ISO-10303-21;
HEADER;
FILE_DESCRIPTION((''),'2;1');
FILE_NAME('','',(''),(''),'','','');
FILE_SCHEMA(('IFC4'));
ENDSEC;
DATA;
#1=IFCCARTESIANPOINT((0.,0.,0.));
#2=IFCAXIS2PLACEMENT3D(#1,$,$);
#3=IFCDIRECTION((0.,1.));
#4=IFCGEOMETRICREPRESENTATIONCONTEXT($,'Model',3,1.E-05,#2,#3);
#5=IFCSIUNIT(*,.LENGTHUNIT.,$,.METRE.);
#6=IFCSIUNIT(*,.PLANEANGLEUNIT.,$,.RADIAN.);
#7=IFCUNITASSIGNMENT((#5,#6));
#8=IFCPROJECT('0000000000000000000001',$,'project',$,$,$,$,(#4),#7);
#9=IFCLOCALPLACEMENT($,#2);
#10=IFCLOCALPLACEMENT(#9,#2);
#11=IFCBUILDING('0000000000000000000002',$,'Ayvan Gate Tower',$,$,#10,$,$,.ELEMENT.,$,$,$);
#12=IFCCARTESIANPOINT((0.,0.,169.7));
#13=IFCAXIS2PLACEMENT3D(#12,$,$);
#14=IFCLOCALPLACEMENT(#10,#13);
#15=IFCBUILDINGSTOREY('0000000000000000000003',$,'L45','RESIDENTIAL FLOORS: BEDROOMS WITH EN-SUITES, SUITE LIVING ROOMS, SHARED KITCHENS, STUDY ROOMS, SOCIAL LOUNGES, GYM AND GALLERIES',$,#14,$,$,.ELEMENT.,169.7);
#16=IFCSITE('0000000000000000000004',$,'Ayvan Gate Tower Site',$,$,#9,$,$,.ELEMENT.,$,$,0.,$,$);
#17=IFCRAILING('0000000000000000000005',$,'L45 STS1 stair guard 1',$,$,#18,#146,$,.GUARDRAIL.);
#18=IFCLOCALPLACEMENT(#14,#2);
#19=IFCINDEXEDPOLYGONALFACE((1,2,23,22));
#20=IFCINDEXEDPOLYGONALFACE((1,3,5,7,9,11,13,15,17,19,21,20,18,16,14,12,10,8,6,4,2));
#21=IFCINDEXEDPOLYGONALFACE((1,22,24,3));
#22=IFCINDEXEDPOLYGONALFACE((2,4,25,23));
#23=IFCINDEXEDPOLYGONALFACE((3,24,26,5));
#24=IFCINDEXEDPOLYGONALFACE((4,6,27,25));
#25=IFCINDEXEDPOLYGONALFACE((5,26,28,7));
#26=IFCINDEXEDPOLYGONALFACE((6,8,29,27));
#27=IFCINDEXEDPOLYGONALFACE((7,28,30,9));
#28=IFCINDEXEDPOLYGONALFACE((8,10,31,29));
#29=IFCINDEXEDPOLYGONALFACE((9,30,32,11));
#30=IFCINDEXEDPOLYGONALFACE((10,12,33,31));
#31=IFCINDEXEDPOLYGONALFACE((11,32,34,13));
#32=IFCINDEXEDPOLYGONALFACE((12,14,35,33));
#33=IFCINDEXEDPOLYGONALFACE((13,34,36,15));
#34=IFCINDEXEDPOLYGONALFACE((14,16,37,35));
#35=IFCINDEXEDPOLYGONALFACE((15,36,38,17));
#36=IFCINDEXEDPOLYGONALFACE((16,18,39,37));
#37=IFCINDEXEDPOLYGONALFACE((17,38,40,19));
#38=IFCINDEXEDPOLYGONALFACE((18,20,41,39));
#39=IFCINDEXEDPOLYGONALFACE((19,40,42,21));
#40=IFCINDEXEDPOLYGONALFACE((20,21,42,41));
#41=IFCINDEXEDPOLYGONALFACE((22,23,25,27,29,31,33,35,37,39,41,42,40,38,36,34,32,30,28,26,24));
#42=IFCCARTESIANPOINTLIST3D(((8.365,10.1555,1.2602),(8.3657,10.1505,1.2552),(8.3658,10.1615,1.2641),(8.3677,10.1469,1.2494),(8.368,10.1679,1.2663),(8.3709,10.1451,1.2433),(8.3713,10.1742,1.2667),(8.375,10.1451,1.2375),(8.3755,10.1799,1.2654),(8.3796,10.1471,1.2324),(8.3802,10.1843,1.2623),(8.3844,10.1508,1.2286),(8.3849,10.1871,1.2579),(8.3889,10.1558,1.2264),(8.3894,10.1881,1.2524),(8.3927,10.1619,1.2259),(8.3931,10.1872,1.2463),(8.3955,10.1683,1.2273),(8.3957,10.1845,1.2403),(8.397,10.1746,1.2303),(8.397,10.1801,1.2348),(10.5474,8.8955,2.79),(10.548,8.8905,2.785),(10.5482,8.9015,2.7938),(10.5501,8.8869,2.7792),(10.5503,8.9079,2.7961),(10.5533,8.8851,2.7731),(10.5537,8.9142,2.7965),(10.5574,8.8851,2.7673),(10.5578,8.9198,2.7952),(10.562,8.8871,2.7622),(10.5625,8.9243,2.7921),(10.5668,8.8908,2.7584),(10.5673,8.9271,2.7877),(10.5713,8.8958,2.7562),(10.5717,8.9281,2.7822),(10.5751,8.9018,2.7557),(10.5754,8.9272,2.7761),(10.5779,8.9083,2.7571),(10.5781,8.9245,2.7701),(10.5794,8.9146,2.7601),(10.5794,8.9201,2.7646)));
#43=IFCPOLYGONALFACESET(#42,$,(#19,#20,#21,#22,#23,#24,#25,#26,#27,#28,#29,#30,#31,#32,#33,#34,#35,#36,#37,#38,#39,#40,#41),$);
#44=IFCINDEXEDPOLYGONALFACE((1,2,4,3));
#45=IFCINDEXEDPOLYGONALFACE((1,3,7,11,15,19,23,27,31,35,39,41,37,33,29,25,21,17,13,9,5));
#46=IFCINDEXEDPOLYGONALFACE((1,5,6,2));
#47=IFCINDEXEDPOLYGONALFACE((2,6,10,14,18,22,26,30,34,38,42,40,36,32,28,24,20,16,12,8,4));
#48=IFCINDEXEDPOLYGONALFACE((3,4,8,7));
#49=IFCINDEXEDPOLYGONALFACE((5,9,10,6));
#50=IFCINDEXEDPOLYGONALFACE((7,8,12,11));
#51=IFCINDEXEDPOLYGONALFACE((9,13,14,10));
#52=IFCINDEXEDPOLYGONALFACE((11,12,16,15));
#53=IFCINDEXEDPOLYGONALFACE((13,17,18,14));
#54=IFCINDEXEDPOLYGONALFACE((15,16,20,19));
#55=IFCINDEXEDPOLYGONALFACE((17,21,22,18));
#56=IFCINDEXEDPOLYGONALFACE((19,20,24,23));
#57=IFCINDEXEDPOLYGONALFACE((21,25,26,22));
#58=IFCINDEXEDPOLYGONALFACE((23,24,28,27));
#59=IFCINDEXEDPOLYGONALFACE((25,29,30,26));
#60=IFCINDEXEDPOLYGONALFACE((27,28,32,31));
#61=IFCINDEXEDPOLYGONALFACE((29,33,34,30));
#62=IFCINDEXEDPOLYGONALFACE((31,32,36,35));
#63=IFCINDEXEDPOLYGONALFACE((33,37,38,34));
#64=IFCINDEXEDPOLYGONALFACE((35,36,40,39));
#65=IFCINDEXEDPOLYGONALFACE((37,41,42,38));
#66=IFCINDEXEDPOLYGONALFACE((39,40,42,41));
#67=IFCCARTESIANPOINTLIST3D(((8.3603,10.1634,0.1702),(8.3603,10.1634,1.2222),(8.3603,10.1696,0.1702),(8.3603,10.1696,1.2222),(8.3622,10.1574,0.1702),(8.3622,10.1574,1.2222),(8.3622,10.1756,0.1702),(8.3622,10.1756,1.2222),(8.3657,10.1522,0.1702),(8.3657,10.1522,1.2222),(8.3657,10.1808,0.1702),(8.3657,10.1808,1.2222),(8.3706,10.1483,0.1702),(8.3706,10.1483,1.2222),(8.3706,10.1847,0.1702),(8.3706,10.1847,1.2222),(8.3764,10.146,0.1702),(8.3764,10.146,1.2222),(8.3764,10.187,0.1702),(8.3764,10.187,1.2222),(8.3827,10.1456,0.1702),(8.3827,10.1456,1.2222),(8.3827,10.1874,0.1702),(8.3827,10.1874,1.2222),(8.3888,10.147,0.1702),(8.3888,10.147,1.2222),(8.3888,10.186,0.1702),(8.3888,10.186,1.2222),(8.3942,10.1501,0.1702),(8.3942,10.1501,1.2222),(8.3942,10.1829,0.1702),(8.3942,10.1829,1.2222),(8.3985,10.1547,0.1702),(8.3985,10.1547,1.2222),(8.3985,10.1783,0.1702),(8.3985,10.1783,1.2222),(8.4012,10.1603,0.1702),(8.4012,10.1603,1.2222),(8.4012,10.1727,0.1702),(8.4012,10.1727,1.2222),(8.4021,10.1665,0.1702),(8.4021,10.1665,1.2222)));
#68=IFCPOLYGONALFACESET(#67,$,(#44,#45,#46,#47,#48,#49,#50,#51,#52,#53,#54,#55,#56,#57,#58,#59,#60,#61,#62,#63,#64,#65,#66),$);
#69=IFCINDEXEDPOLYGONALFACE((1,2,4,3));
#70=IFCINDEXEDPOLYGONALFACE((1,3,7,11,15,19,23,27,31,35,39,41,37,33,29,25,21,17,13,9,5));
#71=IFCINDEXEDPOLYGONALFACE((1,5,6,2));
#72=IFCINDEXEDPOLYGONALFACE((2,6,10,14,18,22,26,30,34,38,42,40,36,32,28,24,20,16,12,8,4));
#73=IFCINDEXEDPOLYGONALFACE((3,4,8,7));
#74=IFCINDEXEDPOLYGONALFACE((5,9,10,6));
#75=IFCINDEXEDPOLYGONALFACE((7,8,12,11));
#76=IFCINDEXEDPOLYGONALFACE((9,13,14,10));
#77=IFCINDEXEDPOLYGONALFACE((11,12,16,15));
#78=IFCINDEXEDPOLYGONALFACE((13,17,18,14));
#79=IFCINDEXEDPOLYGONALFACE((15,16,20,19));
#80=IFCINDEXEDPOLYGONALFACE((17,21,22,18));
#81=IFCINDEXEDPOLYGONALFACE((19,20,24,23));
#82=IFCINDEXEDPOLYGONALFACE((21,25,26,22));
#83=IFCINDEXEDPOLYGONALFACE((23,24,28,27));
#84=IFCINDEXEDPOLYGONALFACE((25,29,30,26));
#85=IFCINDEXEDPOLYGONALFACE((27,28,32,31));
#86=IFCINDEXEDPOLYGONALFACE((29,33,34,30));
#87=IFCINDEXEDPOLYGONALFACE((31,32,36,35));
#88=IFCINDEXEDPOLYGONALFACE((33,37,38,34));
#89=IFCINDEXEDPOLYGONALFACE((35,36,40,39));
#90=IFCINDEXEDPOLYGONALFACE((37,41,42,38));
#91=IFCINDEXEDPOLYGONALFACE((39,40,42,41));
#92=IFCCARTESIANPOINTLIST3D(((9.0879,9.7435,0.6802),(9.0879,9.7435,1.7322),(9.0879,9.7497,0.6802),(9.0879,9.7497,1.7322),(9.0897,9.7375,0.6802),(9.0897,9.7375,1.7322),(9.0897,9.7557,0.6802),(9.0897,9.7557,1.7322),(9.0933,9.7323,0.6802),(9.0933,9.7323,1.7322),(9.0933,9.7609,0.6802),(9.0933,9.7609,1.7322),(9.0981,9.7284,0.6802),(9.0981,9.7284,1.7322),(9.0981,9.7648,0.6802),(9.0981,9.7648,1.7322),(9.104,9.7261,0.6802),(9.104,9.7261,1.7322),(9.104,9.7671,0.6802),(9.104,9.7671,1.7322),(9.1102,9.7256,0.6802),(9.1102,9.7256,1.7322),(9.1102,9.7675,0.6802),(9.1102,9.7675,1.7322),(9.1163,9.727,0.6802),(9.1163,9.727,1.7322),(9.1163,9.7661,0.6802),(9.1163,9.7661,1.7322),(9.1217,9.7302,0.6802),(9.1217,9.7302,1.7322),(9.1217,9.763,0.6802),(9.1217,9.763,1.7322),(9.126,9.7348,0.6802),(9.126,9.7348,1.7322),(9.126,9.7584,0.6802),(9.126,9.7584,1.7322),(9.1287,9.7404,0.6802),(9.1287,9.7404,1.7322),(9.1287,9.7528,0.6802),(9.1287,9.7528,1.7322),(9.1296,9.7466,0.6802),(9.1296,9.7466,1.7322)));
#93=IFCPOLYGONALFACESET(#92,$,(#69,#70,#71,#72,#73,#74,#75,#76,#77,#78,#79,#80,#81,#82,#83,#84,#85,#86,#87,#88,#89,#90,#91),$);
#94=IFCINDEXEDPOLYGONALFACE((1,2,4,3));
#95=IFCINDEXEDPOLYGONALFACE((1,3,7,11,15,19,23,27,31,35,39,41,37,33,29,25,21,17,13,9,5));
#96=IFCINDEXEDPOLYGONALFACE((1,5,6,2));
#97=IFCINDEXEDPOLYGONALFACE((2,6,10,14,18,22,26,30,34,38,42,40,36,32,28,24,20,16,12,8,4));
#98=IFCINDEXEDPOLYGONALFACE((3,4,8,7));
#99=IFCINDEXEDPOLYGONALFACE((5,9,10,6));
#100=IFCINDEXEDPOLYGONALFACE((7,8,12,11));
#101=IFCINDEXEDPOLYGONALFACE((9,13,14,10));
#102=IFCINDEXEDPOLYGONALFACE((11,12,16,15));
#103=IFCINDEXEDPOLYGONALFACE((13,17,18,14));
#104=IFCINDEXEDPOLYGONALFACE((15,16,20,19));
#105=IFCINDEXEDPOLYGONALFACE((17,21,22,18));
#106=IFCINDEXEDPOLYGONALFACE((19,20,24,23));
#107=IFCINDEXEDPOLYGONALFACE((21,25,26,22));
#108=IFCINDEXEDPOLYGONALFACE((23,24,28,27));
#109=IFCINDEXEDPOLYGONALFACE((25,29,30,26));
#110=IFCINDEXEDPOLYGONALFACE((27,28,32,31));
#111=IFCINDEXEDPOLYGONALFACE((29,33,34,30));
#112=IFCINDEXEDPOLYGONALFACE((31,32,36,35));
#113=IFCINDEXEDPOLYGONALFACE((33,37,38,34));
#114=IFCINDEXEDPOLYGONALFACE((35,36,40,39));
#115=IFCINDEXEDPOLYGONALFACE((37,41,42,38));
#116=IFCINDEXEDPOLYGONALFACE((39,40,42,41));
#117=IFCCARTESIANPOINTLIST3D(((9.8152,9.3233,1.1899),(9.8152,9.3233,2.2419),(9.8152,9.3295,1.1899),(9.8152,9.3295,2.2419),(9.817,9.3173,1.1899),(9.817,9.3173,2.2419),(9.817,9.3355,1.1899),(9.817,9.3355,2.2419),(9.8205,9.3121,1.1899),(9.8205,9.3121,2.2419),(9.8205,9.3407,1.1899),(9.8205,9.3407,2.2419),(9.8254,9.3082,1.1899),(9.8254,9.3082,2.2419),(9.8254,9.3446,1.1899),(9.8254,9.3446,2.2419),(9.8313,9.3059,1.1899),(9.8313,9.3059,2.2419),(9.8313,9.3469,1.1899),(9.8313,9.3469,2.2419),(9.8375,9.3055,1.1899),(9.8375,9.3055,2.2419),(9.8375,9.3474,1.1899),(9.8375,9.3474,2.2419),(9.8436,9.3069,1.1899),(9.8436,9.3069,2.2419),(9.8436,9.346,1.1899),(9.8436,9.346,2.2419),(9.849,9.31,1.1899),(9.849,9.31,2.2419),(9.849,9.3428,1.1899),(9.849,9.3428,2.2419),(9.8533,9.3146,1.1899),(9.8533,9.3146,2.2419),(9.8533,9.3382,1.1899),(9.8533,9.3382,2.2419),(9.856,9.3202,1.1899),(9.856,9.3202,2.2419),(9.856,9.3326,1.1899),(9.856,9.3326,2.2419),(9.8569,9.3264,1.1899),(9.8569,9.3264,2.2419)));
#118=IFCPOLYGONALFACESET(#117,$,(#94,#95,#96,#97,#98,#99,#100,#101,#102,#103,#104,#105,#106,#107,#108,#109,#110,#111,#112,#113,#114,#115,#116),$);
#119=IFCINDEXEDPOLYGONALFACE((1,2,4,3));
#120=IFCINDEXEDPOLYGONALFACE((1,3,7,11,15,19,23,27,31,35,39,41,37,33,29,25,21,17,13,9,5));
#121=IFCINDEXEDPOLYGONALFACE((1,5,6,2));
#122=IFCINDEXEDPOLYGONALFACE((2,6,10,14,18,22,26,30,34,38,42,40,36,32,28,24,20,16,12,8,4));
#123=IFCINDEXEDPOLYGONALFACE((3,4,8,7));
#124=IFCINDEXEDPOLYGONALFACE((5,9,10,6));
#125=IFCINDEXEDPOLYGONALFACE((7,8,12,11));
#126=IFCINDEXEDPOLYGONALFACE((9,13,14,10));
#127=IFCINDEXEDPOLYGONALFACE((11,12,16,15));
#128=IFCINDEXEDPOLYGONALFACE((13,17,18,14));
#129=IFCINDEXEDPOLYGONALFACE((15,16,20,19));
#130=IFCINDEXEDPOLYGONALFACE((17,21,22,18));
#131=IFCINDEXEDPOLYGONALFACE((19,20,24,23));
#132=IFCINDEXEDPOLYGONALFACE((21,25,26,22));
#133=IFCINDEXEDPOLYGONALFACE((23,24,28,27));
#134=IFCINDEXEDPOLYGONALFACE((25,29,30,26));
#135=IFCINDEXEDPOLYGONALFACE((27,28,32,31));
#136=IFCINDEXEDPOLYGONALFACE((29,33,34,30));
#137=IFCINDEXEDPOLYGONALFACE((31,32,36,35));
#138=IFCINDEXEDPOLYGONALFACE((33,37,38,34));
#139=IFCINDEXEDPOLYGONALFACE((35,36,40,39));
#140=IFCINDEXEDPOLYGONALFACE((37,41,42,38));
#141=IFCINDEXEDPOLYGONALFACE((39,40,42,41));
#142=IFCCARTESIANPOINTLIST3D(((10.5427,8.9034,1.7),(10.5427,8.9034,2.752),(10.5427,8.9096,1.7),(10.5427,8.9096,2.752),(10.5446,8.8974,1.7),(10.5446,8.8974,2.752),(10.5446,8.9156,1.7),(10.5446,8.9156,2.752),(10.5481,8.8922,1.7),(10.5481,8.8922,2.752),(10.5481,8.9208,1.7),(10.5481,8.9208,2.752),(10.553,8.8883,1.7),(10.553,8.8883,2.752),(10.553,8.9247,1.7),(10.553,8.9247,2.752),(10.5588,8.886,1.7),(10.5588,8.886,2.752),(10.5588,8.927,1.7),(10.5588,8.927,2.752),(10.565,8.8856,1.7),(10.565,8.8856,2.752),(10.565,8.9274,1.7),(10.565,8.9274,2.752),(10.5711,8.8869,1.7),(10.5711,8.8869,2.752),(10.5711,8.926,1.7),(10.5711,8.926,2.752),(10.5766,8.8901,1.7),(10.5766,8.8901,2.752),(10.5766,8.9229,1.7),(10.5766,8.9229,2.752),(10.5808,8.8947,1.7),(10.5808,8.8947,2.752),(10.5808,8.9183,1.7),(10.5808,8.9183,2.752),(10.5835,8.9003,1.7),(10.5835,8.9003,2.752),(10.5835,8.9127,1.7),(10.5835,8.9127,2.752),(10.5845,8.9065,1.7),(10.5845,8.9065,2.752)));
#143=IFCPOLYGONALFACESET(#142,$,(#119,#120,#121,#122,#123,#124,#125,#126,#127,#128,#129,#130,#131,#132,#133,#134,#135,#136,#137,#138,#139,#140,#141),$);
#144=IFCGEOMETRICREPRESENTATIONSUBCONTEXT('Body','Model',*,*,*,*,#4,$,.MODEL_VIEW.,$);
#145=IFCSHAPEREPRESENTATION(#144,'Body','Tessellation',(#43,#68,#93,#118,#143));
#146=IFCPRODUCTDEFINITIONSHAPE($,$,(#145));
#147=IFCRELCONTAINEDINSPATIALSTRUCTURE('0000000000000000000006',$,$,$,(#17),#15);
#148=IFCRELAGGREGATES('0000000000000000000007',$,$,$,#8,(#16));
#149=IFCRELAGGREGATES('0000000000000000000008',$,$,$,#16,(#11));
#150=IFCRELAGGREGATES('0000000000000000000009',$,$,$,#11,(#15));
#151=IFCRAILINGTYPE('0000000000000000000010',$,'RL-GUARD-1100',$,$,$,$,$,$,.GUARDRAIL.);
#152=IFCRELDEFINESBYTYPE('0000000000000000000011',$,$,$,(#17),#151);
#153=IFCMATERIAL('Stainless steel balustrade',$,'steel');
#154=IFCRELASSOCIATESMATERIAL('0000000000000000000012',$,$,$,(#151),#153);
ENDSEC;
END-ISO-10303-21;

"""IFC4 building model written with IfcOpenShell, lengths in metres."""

from ifc_helpers import new_model, si_unit, direction, frame, origin, origin_2d, place, context, subcontext, project, spatial, circle, extrude, material, type_object, element, save


model = new_model("IFC4")

# Units and contexts
model_context = context("Model", 3, precision=1e-05, world=origin(), true_north=direction((0.0, 1.0)))
body_context = subcontext(model_context, "Body", "Model", "MODEL_VIEW")
ifc_project = project(units=[si_unit("LENGTHUNIT", "METRE"), si_unit("PLANEANGLEUNIT", "RADIAN")], contexts=[model_context])

# Site, building, storey
site_placement = place(None, origin())
site = spatial("IfcSite", under=ifc_project, at=site_placement, Name="Ayvan Gate Tower Site", CompositionType="ELEMENT", RefElevation=0.0)
building_placement = place(site_placement, origin())
building = spatial("IfcBuilding", under=site, at=building_placement, Name="Ayvan Gate Tower", CompositionType="ELEMENT")
storey_placement = place(building_placement, frame((0.0, 0.0, 169.7)))
storey = spatial("IfcBuildingStorey", under=building, at=storey_placement, Name="L45", Description="RESIDENTIAL FLOORS: BEDROOMS WITH EN-SUITES, SUITE LIVING ROOMS, SHARED KITCHENS, STUDY ROOMS, SOCIAL LOUNGES, GYM AND GALLERIES", CompositionType="ELEMENT", Elevation=169.7)

# Railing
ifc_material_1 = material(Name="Stainless steel balustrade", Category="steel")
railing_type_1 = type_object("IfcRailingType", Name="RL-GUARD-1100", PredefinedType="GUARDRAIL", material=ifc_material_1)
railing_1_placement = place(storey_placement, frame((8.3811, 10.1665, 0.1702)))
element("IfcRailing", 1, at=railing_1_placement, inside=storey, type_object=railing_type_1, Name="L45 STS1 stair guard 1", PredefinedType="GUARDRAIL", context=body_context, shape_type="SweptSolid", body=[
    extrude(circle(Radius=0.0239, at=origin_2d()), frame((0.0, 0.0, 1.0762), z_axis=(0.740293, -0.427414, 0.518926), x_axis=(0.500005, 0.866023, 0.0)), (0.0, 0.0, 1.0), 2.948),
    extrude(circle(Radius=0.021, at=origin_2d()), origin(), (0.0, 0.0, 1.0), 1.052),
    extrude(circle(Radius=0.021, at=origin_2d()), frame((0.7275, -0.4199, 0.51)), (0.0, 0.0, 1.0), 1.052),
    extrude(circle(Radius=0.021, at=origin_2d()), frame((1.4548, -0.8401, 1.0198)), (0.0, 0.0, 1.0), 1.052),
    extrude(circle(Radius=0.021, at=origin_2d()), frame((2.1824, -1.26, 1.5298)), (0.0, 0.0, 1.0), 1.052),
])

save(model, "model.ifc")
